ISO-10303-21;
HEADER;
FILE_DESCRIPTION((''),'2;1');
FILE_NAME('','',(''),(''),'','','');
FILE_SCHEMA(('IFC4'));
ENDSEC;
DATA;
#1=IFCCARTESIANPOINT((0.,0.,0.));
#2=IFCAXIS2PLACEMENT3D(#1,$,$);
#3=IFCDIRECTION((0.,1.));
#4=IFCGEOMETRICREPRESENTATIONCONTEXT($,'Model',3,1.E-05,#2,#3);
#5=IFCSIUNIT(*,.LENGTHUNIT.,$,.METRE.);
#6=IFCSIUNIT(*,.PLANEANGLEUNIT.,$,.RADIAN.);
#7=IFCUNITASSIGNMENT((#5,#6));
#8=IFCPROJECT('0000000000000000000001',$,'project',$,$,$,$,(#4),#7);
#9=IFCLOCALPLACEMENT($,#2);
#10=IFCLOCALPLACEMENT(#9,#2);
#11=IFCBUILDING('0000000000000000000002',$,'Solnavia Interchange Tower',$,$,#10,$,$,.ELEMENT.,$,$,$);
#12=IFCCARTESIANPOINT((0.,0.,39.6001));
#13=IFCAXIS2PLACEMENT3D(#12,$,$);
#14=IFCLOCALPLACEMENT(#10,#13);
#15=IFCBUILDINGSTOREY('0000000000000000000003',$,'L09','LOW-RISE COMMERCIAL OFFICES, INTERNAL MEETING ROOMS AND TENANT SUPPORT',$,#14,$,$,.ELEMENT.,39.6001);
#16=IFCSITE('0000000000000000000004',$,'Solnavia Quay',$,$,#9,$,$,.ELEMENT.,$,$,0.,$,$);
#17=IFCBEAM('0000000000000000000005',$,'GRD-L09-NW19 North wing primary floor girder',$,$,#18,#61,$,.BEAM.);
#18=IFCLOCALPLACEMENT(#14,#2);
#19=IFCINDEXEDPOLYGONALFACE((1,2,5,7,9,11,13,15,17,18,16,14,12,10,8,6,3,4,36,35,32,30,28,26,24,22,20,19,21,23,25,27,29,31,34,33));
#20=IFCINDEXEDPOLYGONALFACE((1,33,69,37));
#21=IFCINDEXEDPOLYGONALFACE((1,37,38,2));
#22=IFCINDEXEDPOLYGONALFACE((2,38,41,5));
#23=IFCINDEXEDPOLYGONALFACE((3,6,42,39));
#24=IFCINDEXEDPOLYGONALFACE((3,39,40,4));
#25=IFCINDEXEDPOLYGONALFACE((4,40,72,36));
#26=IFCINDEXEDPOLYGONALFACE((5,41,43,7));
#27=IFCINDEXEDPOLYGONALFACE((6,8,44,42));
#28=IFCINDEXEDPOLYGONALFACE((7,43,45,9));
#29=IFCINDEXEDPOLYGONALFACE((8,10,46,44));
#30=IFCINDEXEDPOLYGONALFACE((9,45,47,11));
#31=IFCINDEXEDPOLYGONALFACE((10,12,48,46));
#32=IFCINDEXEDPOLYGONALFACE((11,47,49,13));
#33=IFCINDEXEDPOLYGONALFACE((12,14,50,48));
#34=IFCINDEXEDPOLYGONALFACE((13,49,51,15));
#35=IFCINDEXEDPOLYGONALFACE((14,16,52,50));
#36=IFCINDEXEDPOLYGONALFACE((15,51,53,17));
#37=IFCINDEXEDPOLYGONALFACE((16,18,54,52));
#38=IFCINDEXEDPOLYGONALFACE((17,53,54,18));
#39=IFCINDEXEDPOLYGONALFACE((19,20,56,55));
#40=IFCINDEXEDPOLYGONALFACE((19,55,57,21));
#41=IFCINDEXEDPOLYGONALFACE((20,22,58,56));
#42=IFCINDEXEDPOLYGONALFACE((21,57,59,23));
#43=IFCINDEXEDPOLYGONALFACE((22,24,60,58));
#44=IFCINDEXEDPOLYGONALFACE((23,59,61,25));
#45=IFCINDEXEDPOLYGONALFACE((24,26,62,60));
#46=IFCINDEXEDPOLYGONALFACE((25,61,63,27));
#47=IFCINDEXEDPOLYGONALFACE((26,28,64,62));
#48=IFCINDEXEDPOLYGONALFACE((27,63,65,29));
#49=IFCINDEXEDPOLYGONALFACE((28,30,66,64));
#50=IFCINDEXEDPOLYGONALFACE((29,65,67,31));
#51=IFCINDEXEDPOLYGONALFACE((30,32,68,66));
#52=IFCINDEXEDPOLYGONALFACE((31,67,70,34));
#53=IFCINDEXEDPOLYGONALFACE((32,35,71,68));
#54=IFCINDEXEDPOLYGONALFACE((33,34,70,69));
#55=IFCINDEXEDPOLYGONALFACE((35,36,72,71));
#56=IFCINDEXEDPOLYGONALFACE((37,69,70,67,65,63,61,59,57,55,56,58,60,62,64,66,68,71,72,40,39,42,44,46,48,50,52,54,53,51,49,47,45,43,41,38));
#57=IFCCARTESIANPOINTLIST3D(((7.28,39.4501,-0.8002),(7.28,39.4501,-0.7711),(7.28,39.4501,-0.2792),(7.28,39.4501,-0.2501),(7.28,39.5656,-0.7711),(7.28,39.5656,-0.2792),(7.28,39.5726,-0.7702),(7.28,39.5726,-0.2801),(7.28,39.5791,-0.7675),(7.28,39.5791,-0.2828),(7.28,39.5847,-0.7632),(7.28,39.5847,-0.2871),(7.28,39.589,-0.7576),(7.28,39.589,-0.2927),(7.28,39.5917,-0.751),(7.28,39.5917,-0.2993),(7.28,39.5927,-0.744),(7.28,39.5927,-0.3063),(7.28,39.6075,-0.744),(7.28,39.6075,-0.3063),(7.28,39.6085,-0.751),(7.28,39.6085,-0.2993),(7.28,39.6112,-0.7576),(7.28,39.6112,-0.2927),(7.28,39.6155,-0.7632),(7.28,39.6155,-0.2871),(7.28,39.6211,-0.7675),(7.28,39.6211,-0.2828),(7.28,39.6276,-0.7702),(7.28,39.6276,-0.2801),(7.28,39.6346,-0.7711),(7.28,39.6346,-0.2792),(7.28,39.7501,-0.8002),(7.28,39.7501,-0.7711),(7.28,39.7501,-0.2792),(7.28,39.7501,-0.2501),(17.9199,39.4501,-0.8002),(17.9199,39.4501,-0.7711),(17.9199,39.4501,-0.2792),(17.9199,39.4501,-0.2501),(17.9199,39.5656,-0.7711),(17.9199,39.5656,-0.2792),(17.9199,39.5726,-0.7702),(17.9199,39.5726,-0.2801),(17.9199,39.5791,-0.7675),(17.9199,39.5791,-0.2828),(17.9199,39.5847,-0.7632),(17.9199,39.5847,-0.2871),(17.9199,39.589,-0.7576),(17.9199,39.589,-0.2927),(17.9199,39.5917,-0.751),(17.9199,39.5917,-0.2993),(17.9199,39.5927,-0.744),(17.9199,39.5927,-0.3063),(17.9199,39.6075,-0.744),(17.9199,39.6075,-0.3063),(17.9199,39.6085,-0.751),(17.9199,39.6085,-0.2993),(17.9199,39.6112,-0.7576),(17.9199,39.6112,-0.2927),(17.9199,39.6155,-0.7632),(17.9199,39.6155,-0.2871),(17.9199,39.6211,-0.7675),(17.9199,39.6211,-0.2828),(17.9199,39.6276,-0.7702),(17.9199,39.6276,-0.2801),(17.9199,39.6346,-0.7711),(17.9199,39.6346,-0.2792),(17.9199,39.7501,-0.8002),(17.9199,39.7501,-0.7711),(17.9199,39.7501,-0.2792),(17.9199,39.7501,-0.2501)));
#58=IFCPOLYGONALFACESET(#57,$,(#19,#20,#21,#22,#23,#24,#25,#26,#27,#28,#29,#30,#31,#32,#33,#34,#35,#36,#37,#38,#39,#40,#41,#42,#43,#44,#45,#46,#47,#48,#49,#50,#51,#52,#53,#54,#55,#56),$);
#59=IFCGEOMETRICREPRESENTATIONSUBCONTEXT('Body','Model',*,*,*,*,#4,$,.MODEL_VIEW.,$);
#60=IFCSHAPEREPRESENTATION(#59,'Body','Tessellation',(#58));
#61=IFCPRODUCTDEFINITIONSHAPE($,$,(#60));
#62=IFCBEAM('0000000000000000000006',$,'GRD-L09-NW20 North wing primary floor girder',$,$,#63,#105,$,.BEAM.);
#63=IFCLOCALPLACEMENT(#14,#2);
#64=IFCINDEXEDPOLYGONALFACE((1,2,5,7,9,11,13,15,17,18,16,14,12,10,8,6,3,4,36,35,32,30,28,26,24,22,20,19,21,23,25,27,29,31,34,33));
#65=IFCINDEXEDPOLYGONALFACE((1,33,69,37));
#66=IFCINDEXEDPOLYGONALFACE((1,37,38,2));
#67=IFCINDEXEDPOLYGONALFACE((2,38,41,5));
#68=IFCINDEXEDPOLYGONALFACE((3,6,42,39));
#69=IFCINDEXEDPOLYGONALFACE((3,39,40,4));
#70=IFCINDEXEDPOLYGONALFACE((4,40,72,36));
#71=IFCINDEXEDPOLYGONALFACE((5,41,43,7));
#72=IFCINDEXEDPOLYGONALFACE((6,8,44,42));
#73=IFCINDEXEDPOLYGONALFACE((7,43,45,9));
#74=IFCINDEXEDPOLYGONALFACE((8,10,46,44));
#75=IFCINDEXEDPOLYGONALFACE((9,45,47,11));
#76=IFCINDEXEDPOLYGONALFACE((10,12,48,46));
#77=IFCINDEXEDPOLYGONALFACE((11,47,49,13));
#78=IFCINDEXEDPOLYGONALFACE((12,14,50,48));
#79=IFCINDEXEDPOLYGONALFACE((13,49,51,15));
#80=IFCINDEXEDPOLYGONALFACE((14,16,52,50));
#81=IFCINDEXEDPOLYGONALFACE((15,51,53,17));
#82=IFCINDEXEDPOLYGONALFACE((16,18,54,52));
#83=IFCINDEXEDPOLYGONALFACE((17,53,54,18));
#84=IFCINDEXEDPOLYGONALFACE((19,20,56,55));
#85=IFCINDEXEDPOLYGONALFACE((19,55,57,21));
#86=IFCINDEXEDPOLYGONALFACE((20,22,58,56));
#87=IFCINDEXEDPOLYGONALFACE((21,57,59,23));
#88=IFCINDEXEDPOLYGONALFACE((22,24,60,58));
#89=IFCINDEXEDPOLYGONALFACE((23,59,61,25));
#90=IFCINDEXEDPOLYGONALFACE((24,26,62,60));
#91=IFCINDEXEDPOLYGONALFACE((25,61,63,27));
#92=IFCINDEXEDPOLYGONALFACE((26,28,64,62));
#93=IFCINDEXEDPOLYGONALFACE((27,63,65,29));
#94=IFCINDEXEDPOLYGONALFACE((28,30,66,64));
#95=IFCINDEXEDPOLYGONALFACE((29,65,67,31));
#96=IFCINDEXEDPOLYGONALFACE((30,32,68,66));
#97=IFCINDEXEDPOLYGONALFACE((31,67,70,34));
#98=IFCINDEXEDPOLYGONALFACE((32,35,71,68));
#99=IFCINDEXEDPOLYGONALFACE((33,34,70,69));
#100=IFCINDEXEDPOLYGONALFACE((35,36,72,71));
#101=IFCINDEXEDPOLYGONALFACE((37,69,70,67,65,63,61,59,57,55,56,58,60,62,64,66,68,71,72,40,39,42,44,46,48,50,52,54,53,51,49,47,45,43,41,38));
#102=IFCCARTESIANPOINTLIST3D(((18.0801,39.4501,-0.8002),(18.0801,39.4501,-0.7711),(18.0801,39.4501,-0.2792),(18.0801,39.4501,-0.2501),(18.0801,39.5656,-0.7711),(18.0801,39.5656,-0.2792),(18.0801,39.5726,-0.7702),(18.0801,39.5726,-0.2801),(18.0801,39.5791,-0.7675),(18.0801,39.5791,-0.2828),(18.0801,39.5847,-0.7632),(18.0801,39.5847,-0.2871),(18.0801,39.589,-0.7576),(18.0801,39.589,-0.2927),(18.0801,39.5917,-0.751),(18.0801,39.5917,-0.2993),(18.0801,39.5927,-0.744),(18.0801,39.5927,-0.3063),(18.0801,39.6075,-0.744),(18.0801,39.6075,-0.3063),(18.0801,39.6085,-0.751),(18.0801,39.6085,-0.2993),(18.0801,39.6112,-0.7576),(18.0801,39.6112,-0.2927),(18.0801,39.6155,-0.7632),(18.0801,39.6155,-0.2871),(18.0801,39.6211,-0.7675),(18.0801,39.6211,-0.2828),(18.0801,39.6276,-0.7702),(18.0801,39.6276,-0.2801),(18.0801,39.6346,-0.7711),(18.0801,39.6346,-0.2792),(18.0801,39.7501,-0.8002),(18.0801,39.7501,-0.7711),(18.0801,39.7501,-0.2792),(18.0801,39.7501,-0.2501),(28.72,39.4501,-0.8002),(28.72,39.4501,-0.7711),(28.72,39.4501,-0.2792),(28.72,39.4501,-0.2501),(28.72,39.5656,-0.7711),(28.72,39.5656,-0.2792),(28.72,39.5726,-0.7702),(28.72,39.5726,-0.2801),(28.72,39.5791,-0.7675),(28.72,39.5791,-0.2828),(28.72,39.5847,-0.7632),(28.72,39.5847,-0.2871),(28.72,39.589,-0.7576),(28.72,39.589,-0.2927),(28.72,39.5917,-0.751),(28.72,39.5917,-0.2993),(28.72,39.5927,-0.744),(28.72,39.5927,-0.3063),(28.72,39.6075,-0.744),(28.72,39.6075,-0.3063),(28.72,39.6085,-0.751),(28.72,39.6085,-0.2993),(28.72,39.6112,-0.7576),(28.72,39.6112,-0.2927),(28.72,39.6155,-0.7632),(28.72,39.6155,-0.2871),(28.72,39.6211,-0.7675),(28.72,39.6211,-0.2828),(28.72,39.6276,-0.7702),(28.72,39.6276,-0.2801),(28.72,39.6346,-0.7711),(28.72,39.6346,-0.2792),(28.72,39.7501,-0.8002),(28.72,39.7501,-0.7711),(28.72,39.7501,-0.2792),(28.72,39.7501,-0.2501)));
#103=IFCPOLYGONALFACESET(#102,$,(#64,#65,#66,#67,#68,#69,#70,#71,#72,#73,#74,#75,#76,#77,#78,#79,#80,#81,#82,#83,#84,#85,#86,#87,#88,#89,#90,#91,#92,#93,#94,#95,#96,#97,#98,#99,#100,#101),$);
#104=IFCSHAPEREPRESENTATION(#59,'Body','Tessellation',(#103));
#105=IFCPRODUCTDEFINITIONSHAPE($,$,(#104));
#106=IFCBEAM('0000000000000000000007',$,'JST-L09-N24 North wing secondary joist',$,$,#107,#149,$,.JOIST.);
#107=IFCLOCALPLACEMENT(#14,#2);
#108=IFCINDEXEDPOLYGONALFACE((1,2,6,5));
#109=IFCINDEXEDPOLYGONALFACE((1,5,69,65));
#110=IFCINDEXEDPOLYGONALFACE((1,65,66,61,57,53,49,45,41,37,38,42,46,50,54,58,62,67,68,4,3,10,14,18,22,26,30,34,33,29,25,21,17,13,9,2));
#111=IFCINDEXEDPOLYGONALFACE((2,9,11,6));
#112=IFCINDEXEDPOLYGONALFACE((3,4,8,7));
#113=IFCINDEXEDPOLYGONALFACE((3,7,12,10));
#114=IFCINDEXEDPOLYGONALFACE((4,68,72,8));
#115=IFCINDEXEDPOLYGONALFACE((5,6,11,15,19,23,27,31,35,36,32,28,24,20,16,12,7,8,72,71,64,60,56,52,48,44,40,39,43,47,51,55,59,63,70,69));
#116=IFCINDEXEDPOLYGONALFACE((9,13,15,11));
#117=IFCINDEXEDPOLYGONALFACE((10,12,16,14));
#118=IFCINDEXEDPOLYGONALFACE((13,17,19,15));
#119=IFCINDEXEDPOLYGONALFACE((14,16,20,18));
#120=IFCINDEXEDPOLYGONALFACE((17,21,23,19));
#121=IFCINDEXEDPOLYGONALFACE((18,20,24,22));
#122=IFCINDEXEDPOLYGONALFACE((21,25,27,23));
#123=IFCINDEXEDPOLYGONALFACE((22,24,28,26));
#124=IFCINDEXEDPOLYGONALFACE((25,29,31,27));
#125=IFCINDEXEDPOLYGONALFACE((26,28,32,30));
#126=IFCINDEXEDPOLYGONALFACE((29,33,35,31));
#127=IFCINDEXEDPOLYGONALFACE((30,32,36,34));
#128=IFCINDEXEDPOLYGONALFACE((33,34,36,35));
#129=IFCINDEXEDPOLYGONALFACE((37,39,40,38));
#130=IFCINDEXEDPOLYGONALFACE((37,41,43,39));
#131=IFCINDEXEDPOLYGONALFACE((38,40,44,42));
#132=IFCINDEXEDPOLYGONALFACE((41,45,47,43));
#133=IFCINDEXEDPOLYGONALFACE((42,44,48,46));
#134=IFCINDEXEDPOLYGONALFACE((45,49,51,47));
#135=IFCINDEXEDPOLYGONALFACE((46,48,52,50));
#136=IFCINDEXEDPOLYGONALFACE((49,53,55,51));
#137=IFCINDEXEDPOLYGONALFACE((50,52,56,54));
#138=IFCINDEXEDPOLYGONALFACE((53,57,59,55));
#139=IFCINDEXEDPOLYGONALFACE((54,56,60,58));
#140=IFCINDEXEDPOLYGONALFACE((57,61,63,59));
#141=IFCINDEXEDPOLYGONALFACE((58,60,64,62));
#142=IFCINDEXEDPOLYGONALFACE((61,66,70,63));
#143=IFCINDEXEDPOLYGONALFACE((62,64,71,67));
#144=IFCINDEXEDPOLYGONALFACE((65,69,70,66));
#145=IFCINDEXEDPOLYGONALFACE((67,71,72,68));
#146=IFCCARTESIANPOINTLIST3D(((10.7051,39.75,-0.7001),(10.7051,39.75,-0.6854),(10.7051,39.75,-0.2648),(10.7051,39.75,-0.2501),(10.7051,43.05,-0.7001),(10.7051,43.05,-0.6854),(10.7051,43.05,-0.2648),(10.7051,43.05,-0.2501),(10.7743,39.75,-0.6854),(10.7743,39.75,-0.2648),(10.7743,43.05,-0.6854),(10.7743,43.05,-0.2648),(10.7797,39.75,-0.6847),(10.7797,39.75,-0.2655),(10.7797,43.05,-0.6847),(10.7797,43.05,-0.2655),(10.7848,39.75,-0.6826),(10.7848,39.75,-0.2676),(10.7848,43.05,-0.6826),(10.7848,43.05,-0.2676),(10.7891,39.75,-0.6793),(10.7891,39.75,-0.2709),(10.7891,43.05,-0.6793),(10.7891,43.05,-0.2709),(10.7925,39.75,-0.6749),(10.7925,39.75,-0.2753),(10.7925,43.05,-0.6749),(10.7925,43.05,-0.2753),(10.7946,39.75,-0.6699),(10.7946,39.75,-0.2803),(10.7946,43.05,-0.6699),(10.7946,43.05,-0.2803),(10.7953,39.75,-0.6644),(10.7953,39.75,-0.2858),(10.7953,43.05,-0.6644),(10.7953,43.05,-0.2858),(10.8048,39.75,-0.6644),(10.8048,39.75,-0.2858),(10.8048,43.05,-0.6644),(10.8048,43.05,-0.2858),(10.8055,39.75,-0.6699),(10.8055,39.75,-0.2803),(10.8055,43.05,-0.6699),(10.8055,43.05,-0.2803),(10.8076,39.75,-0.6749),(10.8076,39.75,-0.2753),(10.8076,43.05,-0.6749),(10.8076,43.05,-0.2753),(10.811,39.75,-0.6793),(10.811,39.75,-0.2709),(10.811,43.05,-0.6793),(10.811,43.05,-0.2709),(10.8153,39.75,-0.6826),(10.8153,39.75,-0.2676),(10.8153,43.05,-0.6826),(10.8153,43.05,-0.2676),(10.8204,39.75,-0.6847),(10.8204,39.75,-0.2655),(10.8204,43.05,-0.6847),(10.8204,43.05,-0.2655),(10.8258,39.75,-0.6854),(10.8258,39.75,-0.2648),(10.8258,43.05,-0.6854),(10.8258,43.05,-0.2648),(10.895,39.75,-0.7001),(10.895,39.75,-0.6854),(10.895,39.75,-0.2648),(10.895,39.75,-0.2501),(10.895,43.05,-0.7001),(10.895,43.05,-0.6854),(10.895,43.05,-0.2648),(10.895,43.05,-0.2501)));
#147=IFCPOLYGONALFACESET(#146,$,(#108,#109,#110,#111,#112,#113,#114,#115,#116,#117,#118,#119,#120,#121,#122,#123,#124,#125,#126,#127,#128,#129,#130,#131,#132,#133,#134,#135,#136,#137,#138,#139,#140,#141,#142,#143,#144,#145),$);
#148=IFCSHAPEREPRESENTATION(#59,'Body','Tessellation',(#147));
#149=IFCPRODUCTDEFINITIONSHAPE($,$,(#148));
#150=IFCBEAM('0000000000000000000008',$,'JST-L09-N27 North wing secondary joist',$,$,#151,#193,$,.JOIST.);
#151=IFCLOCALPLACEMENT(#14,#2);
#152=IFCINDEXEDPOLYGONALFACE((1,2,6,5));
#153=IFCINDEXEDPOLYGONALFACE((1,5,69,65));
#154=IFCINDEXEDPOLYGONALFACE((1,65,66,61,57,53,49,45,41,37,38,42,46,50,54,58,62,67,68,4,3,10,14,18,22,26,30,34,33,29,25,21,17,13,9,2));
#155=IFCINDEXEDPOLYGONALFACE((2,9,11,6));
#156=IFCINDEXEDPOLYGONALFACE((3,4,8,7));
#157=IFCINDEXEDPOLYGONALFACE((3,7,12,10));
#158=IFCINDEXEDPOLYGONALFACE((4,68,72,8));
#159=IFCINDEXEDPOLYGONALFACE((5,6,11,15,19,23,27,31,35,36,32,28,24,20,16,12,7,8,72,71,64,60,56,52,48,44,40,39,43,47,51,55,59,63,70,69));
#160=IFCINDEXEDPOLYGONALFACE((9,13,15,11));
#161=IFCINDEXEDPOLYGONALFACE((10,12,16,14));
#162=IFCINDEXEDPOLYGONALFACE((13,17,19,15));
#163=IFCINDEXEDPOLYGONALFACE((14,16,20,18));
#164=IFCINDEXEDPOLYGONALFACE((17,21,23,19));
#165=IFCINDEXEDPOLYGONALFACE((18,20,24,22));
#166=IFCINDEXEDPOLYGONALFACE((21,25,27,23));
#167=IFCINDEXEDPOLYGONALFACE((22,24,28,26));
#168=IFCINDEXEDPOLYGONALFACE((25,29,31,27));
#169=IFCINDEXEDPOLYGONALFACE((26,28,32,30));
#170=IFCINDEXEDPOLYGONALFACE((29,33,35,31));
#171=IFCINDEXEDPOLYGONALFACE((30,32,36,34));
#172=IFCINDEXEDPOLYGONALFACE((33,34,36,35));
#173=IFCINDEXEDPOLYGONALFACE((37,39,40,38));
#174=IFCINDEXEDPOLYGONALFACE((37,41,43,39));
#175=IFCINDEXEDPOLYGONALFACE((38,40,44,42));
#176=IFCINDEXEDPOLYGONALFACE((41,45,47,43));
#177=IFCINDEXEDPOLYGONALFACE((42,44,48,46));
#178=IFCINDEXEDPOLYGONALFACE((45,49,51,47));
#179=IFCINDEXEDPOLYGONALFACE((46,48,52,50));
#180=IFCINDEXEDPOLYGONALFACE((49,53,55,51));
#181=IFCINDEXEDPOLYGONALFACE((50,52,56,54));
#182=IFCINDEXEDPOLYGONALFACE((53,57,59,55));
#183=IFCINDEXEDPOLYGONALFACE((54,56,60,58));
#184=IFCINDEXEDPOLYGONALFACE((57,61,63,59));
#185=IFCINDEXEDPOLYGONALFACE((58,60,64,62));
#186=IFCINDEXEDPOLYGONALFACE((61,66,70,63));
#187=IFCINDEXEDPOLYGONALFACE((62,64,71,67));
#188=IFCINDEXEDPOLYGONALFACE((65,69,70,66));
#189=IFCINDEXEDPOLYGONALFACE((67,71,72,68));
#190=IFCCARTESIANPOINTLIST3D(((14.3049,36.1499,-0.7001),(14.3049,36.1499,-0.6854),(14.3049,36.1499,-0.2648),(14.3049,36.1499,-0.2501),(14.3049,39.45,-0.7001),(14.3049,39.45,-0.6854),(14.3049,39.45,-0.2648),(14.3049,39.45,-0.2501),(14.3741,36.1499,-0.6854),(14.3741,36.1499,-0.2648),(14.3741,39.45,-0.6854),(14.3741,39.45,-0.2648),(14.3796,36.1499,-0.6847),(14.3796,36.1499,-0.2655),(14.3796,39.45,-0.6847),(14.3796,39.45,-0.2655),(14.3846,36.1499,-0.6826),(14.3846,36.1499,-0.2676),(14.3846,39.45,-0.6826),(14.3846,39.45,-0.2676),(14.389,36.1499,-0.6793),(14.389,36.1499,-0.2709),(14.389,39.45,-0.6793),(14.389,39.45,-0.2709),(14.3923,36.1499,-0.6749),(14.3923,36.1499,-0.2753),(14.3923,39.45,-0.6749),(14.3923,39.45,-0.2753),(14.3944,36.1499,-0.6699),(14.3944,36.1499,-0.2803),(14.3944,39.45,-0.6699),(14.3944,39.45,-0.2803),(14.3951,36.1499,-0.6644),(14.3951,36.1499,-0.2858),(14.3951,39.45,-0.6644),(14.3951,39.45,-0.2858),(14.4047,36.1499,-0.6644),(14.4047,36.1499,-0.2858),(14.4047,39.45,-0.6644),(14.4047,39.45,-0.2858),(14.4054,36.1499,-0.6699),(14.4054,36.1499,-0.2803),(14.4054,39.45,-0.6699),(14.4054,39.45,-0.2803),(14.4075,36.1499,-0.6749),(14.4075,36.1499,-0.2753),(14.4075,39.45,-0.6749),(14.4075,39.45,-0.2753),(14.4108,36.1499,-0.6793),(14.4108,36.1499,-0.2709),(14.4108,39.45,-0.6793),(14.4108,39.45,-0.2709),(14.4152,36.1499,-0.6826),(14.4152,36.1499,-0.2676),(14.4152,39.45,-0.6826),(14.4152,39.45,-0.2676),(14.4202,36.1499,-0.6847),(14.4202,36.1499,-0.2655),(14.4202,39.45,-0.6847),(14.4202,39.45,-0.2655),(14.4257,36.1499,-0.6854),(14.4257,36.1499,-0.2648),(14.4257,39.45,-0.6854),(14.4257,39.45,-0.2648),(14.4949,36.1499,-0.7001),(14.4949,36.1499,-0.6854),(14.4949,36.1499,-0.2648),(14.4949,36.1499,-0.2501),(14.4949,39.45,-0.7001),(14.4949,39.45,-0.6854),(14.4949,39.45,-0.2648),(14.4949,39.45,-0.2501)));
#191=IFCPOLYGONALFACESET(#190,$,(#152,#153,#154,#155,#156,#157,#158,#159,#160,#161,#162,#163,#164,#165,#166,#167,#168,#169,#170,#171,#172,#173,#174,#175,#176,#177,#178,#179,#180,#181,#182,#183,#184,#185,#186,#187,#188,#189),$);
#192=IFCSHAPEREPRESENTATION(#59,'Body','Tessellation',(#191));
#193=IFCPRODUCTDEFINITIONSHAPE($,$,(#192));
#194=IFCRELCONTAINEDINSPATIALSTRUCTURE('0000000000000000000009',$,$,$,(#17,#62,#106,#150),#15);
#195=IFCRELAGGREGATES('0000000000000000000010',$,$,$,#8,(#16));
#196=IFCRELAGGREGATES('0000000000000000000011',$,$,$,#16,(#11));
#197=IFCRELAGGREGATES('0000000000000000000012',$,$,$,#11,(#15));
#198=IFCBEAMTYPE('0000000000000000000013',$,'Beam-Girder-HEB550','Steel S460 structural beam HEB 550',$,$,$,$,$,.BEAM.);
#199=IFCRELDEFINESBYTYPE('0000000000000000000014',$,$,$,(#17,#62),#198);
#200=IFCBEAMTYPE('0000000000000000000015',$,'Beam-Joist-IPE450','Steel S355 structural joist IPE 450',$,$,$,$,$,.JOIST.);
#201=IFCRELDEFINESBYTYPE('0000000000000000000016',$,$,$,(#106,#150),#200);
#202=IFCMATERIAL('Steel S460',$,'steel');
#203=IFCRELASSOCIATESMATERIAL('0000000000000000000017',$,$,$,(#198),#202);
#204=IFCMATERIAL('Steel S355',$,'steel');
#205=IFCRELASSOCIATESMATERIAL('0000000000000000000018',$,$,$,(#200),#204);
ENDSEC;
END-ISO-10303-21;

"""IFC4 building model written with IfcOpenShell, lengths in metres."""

from ifc_helpers import new_model, si_unit, direction, frame, origin, origin_2d, place, context, subcontext, project, spatial, i_section, extrude, material, material_profile, profile_set, type_object, element, save


model = new_model("IFC4")

# Units and contexts
model_context = context("Model", 3, precision=1e-05, world=origin(), true_north=direction((0.0, 1.0)))
body_context = subcontext(model_context, "Body", "Model", "MODEL_VIEW")
ifc_project = project(units=[si_unit("LENGTHUNIT", "METRE"), si_unit("PLANEANGLEUNIT", "RADIAN")], contexts=[model_context])

# Site, building, storey
site_placement = place(None, origin())
site = spatial("IfcSite", under=ifc_project, at=site_placement, Name="Solnavia Quay", CompositionType="ELEMENT", RefElevation=0.0)
building_placement = place(site_placement, origin())
building = spatial("IfcBuilding", under=site, at=building_placement, Name="Solnavia Interchange Tower", CompositionType="ELEMENT")
storey_placement = place(building_placement, frame((0.0, 0.0, 39.6001)))
storey = spatial("IfcBuildingStorey", under=building, at=storey_placement, Name="L09", Description="LOW-RISE COMMERCIAL OFFICES, INTERNAL MEETING ROOMS AND TENANT SUPPORT", CompositionType="ELEMENT", Elevation=39.6001)

# Shared definitions
ifc_material_1 = material(Name="Steel S355", Category="steel")

# Beams
ifc_material_2 = material(Name="Steel S460", Category="steel")
ifc_material_profile_1 = material_profile(ifc_material_2, i_section(OverallWidth=0.3, OverallDepth=0.55, WebThickness=0.0149, FlangeThickness=0.0291, FilletRadius=0.0271, at=origin_2d()), Name="HEB 550")
ifc_profile_set_1 = profile_set([ifc_material_profile_1], Name="Steel S460")
beam_type_1 = type_object("IfcBeamType", Name="Beam-Girder-HEB550", Description="Steel S460 structural beam HEB 550", PredefinedType="BEAM", material=ifc_profile_set_1)
for number, where, z_axis, x_axis, name in (
    (1, (7.28, 39.6001, -0.5251), (1.0, 0.0, 0.0), (0.0, 1.0, 0.0), "GRD-L09-NW19 North wing primary floor girder"),
    (2, (18.0801, 39.6001, -0.5251), (1.0, 0.0, 0.0), (0.0, 1.0, 0.0), "GRD-L09-NW20 North wing primary floor girder"),
):
    element("IfcBeam", number, at=place(storey_placement, frame(where, z_axis=z_axis, x_axis=x_axis)), inside=storey, type_object=beam_type_1, Name=name, PredefinedType="BEAM", context=body_context, shape_type="SweptSolid", body=[
        extrude(i_section(OverallWidth=0.3, OverallDepth=0.55, WebThickness=0.0149, FlangeThickness=0.0291, FilletRadius=0.0271, at=origin_2d()), origin(), (0.0, 0.0, 1.0), 10.6399),
    ])
ifc_material_profile_2 = material_profile(ifc_material_1, i_section(OverallWidth=0.1899, OverallDepth=0.45, WebThickness=0.0095, FlangeThickness=0.0146, FilletRadius=0.021, at=origin_2d()), Name="IPE 450")
ifc_profile_set_2 = profile_set([ifc_material_profile_2], Name="Steel S355")
beam_type_2 = type_object("IfcBeamType", Name="Beam-Joist-IPE450", Description="Steel S355 structural joist IPE 450", PredefinedType="JOIST", material=ifc_profile_set_2)
for number, where, z_axis, x_axis, name in (
    (3, (10.8, 39.75, -0.4751), (0.0, 1.0, 0.0), (-1.0, 0.0, 0.0), "JST-L09-N24 North wing secondary joist"),
    (4, (14.3999, 36.1499, -0.4751), (0.0, 1.0, 0.0), (-1.0, 0.0, 0.0), "JST-L09-N27 North wing secondary joist"),
):
    element("IfcBeam", number, at=place(storey_placement, frame(where, z_axis=z_axis, x_axis=x_axis)), inside=storey, type_object=beam_type_2, Name=name, PredefinedType="JOIST", context=body_context, shape_type="SweptSolid", body=[
        extrude(i_section(OverallWidth=0.1899, OverallDepth=0.45, WebThickness=0.0095, FlangeThickness=0.0146, FilletRadius=0.021, at=origin_2d()), origin(), (0.0, 0.0, 1.0), 3.3),
    ])

save(model, "model.ifc")
